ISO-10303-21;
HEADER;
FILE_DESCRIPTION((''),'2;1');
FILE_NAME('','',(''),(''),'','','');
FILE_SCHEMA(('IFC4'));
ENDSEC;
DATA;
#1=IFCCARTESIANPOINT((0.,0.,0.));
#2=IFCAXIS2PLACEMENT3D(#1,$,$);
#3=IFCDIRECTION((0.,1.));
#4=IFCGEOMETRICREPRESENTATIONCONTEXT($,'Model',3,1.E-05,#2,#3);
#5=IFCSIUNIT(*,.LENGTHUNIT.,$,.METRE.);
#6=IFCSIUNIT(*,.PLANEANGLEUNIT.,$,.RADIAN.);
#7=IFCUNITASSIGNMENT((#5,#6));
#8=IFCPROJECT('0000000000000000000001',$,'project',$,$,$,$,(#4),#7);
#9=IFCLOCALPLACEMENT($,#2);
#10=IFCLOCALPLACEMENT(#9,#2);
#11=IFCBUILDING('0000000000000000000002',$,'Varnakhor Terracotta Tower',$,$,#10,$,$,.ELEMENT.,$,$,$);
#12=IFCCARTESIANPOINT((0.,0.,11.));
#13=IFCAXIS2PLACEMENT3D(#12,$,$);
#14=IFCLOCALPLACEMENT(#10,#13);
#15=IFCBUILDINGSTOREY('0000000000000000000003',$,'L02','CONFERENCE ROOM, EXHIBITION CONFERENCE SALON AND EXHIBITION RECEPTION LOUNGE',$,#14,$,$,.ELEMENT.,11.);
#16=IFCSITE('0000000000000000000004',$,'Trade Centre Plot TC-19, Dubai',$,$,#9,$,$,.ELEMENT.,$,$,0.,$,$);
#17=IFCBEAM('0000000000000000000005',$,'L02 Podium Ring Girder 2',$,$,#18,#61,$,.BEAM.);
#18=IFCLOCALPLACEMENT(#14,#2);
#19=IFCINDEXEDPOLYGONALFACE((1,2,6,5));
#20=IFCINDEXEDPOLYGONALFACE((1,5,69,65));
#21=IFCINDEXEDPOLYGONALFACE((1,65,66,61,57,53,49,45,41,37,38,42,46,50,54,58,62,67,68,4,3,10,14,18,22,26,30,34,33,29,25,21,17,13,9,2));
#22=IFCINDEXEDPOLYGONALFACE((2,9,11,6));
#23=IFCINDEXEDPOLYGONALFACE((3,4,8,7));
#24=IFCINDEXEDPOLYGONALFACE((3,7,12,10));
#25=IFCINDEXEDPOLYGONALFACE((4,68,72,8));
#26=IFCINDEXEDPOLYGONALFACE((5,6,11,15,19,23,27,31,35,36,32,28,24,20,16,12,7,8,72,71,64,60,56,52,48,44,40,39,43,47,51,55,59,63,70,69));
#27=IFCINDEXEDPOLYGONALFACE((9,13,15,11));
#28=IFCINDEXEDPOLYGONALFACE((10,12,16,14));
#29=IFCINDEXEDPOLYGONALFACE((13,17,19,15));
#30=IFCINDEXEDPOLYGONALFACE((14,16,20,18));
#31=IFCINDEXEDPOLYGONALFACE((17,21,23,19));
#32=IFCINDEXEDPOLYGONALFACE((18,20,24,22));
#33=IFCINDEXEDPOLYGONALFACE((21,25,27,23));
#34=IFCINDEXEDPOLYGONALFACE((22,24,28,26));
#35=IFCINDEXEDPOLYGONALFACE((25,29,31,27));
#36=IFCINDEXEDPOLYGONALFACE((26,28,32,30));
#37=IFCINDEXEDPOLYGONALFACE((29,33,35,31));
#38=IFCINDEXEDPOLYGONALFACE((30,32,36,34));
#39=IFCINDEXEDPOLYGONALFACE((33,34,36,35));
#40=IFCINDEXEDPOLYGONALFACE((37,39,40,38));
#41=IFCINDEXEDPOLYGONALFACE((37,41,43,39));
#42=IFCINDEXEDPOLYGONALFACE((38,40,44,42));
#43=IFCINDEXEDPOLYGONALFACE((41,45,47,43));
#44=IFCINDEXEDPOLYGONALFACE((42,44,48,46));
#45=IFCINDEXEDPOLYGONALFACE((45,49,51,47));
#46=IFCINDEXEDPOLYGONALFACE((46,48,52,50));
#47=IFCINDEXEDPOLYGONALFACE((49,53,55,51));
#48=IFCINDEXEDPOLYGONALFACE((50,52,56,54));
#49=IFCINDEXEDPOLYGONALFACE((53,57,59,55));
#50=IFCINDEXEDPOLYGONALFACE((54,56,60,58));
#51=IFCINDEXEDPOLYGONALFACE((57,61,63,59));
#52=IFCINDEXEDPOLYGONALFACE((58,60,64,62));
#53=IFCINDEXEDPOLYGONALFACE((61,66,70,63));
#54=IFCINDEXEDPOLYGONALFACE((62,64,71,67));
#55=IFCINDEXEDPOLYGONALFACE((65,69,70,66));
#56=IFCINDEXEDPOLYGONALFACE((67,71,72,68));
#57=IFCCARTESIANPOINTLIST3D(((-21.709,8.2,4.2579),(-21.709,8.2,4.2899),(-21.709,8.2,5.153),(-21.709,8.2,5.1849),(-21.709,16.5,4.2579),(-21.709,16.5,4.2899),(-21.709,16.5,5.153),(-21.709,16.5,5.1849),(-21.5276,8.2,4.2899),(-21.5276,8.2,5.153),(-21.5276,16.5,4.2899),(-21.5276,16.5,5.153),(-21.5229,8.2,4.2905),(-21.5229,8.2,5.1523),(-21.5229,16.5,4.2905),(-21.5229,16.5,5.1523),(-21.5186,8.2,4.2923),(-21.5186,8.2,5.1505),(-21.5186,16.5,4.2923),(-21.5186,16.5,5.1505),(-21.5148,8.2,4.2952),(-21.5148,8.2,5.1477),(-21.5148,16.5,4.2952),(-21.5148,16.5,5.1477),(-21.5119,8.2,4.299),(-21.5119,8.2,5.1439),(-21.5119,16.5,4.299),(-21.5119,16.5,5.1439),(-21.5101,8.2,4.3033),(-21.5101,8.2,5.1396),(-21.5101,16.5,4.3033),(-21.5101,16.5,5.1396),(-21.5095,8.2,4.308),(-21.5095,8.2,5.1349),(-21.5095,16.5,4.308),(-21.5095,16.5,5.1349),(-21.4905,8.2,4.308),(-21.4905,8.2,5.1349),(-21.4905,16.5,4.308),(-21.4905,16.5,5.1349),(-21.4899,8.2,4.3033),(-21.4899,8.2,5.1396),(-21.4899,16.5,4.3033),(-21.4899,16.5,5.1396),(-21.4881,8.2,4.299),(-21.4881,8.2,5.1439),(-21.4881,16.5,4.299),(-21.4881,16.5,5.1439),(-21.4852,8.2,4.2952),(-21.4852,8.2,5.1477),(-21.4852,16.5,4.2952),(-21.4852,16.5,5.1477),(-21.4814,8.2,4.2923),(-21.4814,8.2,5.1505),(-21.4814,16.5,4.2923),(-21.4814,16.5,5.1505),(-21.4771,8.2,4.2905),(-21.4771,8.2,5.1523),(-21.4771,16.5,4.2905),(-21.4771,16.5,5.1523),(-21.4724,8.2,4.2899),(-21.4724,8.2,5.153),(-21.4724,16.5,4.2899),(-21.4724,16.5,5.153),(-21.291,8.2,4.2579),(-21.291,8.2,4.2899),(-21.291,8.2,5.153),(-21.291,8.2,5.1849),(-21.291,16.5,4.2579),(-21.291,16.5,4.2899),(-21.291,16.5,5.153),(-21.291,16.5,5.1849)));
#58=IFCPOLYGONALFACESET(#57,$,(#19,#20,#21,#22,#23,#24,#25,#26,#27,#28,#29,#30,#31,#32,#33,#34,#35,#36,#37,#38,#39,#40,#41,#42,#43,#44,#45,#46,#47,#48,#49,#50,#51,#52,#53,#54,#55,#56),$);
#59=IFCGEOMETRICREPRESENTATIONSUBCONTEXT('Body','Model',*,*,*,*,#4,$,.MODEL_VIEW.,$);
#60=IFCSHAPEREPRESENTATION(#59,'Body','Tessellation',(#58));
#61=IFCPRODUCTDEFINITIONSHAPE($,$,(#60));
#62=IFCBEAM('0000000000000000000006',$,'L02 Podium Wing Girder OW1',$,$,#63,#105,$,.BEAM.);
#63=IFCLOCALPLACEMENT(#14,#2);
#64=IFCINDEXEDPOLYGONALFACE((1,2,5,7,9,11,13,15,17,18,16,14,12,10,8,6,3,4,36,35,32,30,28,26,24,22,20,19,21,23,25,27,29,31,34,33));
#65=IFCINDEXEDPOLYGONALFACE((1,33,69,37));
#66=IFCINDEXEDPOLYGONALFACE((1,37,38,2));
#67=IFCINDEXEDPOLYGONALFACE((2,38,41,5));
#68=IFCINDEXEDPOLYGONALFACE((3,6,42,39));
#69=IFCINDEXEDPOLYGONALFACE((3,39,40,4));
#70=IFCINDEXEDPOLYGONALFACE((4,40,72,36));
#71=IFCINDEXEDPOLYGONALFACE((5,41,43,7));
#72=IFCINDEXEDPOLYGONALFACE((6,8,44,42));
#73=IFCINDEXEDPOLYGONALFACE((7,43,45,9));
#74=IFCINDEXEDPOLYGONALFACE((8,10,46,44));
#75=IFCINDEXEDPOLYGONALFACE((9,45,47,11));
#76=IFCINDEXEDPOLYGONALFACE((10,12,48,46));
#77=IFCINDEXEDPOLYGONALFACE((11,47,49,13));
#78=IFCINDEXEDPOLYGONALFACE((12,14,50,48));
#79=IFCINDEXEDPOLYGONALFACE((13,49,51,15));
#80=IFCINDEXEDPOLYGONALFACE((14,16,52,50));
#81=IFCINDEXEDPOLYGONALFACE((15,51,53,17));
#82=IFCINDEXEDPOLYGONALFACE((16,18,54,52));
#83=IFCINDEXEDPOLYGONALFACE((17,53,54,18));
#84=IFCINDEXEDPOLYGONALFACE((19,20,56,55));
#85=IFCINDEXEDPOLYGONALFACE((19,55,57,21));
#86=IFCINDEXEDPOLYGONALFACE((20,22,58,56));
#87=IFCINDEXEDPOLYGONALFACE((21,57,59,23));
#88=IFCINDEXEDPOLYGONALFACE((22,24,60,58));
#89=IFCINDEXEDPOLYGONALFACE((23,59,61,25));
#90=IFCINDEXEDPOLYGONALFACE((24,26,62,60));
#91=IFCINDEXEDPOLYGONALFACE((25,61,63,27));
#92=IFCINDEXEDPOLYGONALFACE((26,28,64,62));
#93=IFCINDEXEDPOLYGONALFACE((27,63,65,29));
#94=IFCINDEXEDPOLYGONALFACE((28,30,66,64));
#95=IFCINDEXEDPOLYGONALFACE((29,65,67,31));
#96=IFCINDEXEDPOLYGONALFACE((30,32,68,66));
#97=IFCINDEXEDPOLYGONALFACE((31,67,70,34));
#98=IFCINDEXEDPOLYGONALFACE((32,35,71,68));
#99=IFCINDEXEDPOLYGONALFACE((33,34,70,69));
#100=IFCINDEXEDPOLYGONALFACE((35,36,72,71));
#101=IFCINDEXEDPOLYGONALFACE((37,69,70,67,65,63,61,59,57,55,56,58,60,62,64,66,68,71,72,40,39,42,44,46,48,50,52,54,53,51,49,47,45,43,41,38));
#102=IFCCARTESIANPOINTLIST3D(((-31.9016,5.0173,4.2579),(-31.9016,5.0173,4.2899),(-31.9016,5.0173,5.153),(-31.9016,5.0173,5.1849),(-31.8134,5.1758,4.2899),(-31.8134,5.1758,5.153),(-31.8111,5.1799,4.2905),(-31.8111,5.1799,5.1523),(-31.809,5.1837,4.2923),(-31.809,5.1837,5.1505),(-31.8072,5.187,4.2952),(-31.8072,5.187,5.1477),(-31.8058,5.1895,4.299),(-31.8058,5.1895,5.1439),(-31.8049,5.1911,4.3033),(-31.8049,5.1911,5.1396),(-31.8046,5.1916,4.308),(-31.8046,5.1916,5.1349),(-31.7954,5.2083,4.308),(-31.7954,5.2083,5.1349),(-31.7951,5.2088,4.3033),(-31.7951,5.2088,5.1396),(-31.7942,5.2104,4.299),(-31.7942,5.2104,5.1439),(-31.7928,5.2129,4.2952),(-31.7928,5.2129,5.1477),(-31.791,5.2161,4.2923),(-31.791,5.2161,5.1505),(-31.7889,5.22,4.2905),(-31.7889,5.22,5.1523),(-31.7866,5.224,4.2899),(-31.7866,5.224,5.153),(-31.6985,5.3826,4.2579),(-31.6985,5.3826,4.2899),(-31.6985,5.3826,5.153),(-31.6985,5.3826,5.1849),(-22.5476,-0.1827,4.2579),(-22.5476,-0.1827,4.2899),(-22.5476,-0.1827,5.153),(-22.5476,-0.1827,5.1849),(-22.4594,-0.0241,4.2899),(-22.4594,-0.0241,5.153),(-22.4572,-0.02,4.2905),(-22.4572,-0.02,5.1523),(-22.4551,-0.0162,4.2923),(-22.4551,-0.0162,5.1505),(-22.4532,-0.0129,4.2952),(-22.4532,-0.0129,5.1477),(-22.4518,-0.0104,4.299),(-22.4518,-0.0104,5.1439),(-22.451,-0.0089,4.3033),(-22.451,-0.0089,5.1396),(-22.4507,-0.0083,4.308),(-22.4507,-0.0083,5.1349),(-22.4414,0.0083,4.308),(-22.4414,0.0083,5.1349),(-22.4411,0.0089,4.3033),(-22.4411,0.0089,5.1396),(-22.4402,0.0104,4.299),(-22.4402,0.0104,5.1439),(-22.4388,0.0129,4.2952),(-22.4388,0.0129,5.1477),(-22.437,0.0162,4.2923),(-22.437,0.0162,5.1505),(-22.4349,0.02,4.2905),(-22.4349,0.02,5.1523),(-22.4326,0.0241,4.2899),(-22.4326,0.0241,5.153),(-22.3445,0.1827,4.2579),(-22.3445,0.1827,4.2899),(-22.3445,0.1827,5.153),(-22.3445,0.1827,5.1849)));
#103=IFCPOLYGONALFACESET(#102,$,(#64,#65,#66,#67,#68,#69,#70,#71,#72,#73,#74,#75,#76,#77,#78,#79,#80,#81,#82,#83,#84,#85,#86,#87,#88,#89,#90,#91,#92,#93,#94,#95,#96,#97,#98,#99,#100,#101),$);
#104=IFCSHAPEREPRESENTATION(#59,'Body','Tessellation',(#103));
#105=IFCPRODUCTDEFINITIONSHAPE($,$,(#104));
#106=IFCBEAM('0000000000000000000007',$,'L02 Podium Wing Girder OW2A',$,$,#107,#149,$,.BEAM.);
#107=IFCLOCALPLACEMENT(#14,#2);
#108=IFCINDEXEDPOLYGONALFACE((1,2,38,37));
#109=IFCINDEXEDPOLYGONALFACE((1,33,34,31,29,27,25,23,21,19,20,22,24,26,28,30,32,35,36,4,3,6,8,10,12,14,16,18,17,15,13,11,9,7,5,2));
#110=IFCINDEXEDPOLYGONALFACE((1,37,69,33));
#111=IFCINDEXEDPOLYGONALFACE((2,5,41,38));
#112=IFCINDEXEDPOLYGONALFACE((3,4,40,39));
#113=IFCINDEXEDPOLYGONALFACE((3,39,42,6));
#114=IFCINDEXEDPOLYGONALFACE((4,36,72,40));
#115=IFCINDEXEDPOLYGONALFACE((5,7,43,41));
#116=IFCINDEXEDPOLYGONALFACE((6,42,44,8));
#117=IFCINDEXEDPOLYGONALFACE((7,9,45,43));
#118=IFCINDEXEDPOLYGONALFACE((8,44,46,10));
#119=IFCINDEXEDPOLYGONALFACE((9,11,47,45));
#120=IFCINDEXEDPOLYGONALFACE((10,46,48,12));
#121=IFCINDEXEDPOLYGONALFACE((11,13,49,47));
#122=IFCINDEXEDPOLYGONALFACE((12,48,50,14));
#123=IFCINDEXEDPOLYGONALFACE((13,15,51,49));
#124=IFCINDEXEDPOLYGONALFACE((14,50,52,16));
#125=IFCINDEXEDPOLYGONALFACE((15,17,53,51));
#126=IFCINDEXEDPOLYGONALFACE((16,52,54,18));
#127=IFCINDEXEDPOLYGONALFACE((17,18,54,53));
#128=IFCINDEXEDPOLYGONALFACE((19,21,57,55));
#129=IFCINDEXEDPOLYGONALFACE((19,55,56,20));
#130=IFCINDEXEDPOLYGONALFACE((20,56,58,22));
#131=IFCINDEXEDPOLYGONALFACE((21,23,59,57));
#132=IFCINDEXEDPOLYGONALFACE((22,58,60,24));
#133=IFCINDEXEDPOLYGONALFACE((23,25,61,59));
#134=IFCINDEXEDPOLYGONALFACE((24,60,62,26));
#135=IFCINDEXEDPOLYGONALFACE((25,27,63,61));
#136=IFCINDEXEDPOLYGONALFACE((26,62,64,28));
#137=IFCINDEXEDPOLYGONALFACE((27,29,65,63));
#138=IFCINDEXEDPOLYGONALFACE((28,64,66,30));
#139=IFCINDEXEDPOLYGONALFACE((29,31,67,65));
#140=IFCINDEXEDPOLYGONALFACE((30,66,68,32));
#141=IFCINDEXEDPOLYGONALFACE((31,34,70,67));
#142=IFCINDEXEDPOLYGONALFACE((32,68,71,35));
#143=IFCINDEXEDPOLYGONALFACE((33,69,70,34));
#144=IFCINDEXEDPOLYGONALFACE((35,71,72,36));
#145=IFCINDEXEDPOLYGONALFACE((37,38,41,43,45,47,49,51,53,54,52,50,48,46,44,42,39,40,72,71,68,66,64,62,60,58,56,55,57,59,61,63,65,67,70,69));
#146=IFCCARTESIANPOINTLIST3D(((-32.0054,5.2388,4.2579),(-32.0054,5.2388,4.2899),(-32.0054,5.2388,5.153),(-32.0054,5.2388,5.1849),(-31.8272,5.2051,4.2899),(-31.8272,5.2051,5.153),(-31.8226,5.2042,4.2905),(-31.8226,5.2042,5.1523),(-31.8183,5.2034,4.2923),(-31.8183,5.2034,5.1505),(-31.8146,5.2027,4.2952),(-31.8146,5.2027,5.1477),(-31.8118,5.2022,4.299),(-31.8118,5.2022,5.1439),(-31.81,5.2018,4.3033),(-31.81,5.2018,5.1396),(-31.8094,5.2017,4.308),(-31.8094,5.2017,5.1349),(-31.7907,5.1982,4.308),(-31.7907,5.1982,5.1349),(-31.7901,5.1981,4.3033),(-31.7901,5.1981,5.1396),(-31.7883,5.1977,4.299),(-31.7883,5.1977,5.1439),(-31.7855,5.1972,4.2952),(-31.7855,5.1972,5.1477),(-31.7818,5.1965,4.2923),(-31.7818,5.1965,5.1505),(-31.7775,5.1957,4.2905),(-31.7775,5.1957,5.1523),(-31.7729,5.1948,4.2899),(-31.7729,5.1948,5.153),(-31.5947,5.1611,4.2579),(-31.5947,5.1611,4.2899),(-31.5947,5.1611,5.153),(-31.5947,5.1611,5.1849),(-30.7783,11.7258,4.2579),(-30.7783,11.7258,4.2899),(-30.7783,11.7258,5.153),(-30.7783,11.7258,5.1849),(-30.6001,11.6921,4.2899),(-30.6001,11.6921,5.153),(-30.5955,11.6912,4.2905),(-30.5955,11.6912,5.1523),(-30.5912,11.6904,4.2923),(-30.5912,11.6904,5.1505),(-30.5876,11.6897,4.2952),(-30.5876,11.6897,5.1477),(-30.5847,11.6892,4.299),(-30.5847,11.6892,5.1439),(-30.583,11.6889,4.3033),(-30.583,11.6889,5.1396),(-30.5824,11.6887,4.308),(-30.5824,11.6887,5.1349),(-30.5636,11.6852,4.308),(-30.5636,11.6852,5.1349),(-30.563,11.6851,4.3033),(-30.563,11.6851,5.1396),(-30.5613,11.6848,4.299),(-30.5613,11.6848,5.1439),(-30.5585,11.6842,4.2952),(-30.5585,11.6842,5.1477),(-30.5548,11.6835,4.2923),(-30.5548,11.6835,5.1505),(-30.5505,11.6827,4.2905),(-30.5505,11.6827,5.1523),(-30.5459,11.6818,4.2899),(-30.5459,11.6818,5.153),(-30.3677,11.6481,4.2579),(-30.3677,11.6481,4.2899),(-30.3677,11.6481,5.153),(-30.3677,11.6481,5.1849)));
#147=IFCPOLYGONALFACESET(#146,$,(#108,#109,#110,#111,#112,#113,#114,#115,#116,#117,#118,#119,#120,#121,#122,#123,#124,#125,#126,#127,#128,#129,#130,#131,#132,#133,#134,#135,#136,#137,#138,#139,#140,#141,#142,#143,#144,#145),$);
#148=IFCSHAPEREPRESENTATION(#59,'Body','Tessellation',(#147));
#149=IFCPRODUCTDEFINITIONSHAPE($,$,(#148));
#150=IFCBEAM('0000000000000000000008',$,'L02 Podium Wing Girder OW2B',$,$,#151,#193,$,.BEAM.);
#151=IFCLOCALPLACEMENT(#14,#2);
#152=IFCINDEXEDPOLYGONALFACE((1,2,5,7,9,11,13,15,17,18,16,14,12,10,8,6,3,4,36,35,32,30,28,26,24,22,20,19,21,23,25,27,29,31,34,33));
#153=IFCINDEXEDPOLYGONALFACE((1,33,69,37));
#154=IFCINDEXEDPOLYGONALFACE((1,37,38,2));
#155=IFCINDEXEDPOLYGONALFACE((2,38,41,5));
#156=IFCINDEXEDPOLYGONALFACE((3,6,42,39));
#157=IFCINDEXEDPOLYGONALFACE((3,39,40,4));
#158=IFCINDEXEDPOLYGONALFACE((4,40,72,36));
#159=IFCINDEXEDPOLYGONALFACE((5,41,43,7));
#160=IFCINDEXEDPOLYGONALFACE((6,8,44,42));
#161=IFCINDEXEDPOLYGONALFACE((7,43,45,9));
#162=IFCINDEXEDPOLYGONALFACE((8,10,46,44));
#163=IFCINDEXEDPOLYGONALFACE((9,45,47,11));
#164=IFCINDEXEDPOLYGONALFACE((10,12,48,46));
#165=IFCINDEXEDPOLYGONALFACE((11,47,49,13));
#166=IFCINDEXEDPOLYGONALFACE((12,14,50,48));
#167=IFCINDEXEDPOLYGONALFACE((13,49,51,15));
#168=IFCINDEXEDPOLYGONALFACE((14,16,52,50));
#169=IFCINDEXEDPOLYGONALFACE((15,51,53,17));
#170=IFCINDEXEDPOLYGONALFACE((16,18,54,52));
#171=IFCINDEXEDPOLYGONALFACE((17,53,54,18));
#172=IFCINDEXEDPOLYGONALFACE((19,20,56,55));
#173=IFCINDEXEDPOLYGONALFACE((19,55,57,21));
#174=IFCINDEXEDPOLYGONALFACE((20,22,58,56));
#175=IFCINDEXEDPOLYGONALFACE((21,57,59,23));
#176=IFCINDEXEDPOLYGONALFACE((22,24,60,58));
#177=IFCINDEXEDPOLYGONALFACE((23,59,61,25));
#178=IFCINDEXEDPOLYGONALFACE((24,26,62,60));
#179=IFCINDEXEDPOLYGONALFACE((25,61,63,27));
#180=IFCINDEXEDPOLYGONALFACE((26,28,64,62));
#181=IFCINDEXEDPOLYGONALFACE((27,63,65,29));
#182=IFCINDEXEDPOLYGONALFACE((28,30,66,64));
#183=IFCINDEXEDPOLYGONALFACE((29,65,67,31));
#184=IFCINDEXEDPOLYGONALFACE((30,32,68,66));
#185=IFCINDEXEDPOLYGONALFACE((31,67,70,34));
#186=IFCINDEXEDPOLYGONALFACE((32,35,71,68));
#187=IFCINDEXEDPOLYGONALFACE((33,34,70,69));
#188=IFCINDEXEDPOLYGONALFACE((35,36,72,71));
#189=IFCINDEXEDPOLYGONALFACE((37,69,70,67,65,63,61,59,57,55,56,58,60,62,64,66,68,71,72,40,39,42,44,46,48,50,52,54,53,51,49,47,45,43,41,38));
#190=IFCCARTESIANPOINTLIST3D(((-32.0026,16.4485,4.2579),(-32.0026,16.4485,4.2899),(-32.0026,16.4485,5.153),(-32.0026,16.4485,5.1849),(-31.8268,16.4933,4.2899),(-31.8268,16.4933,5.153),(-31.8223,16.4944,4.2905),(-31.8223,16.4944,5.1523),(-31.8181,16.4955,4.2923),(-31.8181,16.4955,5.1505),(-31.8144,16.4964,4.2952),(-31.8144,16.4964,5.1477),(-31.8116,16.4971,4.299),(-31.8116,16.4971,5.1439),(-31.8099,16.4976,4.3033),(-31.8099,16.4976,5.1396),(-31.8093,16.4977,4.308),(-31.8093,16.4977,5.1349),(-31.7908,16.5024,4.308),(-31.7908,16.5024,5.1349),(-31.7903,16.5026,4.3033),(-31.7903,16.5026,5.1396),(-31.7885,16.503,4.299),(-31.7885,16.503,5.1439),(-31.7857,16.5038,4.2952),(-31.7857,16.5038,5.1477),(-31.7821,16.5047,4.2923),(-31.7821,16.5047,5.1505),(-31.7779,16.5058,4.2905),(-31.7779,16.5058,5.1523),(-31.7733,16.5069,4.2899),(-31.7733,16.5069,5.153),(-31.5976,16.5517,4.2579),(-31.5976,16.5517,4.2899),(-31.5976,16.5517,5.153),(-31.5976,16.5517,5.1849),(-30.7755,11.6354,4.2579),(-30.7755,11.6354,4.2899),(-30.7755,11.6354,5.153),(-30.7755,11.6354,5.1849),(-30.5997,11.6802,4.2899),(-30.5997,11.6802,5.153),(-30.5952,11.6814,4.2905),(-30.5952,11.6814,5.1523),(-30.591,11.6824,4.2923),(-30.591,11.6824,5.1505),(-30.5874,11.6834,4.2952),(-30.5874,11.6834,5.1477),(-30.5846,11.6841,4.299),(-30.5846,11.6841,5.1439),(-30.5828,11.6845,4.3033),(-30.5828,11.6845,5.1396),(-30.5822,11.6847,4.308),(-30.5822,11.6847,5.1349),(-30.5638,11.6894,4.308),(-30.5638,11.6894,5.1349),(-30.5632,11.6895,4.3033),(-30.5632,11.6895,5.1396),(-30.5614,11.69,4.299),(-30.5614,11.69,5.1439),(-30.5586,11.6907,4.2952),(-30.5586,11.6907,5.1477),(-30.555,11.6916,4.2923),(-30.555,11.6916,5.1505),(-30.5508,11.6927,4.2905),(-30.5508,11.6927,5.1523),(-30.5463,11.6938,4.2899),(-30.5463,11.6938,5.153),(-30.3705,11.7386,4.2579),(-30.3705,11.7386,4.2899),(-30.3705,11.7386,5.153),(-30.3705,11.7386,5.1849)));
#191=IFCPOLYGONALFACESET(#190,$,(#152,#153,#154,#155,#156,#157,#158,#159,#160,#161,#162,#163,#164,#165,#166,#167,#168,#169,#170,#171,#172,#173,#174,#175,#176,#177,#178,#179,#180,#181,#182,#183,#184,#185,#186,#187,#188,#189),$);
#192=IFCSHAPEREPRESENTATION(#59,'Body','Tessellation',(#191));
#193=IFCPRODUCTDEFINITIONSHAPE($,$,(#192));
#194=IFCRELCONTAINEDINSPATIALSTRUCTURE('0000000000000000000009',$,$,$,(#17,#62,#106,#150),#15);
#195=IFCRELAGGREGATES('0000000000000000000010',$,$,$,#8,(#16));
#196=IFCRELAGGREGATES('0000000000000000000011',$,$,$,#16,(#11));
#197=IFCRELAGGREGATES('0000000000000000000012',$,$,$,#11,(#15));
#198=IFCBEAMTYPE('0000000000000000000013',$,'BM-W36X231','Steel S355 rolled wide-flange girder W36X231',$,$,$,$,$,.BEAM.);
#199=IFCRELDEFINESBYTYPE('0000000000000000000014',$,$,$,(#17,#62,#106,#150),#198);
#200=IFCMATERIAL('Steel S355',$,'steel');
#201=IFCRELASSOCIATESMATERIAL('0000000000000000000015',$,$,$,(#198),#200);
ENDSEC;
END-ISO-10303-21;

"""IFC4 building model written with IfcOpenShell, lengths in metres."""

from ifc_helpers import new_model, si_unit, direction, frame, origin, origin_2d, place, context, subcontext, project, spatial, i_section, extrude, source, transform, mapped, material, material_profile, profile_set, type_object, element, save


model = new_model("IFC4")

# Units and contexts
model_context = context("Model", 3, precision=1e-05, world=origin(), true_north=direction((0.0, 1.0)))
body_context = subcontext(model_context, "Body", "Model", "MODEL_VIEW")
ifc_project = project(units=[si_unit("LENGTHUNIT", "METRE"), si_unit("PLANEANGLEUNIT", "RADIAN")], contexts=[model_context])

# Site, building, storey
site_placement = place(None, origin())
site = spatial("IfcSite", under=ifc_project, at=site_placement, Name="Trade Centre Plot TC-19, Dubai", CompositionType="ELEMENT", RefElevation=0.0)
building_placement = place(site_placement, origin())
building = spatial("IfcBuilding", under=site, at=building_placement, Name="Varnakhor Terracotta Tower", CompositionType="ELEMENT")
storey_placement = place(building_placement, frame((0.0, 0.0, 11.0)))
storey = spatial("IfcBuildingStorey", under=building, at=storey_placement, Name="L02", Description="CONFERENCE ROOM, EXHIBITION CONFERENCE SALON AND EXHIBITION RECEPTION LOUNGE", CompositionType="ELEMENT", Elevation=11.0)

# Beams
ifc_material_1 = material(Name="Steel S355", Category="steel")
ifc_material_profile_1 = material_profile(ifc_material_1, i_section(OverallWidth=0.418, OverallDepth=0.927, WebThickness=0.019, FlangeThickness=0.032, FilletRadius=0.0181, at=origin_2d()), Name="W36X231")
ifc_profile_set_1 = profile_set([ifc_material_profile_1], Name="Steel S355")
beam_type_1 = type_object("IfcBeamType", Name="BM-W36X231", Description="Steel S355 rolled wide-flange girder W36X231", PredefinedType="BEAM", material=ifc_profile_set_1)
shared_shape_1 = source(origin(), body_context, "Body", "SweptSolid", [
    extrude(i_section(OverallWidth=0.418, OverallDepth=0.927, WebThickness=0.019, FlangeThickness=0.032, FilletRadius=0.0181, at=origin_2d()), origin(), (0.0, 0.0, 1.0), 8.3),
])
beam_1_placement = place(storey_placement, frame((-21.5, 8.2, 4.7214), z_axis=(0.0, 1.0, 0.0), x_axis=(-1.0, 0.0, 0.0)))
element("IfcBeam", 1, at=beam_1_placement, inside=storey, type_object=beam_type_1, Name="L02 Podium Ring Girder 2", PredefinedType="BEAM", context=body_context, shape_type="MappedRepresentation", body=[
    mapped(shared_shape_1, transform((0.0, 0.0, 0.0), scale=1.0)),
])
shared_shape_2 = source(origin(), body_context, "Body", "SweptSolid", [
    extrude(i_section(OverallWidth=0.418, OverallDepth=0.927, WebThickness=0.019, FlangeThickness=0.032, FilletRadius=0.0181, at=origin_2d()), origin(), (0.0, 0.0, 1.0), 10.7021),
])
beam_2_placement = place(storey_placement, frame((-22.446, 0.0, 4.7214), z_axis=(-0.874027, 0.485877, 0.0), x_axis=(-0.485877, -0.874027, 0.0)))
element("IfcBeam", 2, at=beam_2_placement, inside=storey, type_object=beam_type_1, Name="L02 Podium Wing Girder OW1", PredefinedType="BEAM", context=body_context, shape_type="MappedRepresentation", body=[
    mapped(shared_shape_2, transform((0.0, 0.0, 0.0), scale=1.0)),
])
shared_shape_3 = source(origin(), body_context, "Body", "SweptSolid", [
    extrude(i_section(OverallWidth=0.418, OverallDepth=0.927, WebThickness=0.019, FlangeThickness=0.032, FilletRadius=0.0181, at=origin_2d()), origin(), (0.0, 0.0, 1.0), 6.6021),
])
beam_3_placement = place(storey_placement, frame((-31.8, 5.2, 4.7214), z_axis=(0.185858, 0.982577, 0.0), x_axis=(-0.982577, 0.185858, 0.0)))
element("IfcBeam", 3, at=beam_3_placement, inside=storey, type_object=beam_type_1, Name="L02 Podium Wing Girder OW2A", PredefinedType="BEAM", context=body_context, shape_type="MappedRepresentation", body=[
    mapped(shared_shape_3, transform((0.0, 0.0, 0.0), scale=1.0)),
])
shared_shape_4 = source(origin(), body_context, "Body", "SweptSolid", [
    extrude(i_section(OverallWidth=0.418, OverallDepth=0.927, WebThickness=0.019, FlangeThickness=0.032, FilletRadius=0.0181, at=origin_2d()), origin(), (0.0, 0.0, 1.0), 4.967),
])
beam_4_placement = place(storey_placement, frame((-30.573, 11.687, 4.7214), z_axis=(-0.247044, 0.969004, 0.0), x_axis=(-0.969004, -0.247044, 0.0)))
element("IfcBeam", 4, at=beam_4_placement, inside=storey, type_object=beam_type_1, Name="L02 Podium Wing Girder OW2B", PredefinedType="BEAM", context=body_context, shape_type="MappedRepresentation", body=[
    mapped(shared_shape_4, transform((0.0, 0.0, 0.0), scale=1.0)),
])

save(model, "model.ifc")
